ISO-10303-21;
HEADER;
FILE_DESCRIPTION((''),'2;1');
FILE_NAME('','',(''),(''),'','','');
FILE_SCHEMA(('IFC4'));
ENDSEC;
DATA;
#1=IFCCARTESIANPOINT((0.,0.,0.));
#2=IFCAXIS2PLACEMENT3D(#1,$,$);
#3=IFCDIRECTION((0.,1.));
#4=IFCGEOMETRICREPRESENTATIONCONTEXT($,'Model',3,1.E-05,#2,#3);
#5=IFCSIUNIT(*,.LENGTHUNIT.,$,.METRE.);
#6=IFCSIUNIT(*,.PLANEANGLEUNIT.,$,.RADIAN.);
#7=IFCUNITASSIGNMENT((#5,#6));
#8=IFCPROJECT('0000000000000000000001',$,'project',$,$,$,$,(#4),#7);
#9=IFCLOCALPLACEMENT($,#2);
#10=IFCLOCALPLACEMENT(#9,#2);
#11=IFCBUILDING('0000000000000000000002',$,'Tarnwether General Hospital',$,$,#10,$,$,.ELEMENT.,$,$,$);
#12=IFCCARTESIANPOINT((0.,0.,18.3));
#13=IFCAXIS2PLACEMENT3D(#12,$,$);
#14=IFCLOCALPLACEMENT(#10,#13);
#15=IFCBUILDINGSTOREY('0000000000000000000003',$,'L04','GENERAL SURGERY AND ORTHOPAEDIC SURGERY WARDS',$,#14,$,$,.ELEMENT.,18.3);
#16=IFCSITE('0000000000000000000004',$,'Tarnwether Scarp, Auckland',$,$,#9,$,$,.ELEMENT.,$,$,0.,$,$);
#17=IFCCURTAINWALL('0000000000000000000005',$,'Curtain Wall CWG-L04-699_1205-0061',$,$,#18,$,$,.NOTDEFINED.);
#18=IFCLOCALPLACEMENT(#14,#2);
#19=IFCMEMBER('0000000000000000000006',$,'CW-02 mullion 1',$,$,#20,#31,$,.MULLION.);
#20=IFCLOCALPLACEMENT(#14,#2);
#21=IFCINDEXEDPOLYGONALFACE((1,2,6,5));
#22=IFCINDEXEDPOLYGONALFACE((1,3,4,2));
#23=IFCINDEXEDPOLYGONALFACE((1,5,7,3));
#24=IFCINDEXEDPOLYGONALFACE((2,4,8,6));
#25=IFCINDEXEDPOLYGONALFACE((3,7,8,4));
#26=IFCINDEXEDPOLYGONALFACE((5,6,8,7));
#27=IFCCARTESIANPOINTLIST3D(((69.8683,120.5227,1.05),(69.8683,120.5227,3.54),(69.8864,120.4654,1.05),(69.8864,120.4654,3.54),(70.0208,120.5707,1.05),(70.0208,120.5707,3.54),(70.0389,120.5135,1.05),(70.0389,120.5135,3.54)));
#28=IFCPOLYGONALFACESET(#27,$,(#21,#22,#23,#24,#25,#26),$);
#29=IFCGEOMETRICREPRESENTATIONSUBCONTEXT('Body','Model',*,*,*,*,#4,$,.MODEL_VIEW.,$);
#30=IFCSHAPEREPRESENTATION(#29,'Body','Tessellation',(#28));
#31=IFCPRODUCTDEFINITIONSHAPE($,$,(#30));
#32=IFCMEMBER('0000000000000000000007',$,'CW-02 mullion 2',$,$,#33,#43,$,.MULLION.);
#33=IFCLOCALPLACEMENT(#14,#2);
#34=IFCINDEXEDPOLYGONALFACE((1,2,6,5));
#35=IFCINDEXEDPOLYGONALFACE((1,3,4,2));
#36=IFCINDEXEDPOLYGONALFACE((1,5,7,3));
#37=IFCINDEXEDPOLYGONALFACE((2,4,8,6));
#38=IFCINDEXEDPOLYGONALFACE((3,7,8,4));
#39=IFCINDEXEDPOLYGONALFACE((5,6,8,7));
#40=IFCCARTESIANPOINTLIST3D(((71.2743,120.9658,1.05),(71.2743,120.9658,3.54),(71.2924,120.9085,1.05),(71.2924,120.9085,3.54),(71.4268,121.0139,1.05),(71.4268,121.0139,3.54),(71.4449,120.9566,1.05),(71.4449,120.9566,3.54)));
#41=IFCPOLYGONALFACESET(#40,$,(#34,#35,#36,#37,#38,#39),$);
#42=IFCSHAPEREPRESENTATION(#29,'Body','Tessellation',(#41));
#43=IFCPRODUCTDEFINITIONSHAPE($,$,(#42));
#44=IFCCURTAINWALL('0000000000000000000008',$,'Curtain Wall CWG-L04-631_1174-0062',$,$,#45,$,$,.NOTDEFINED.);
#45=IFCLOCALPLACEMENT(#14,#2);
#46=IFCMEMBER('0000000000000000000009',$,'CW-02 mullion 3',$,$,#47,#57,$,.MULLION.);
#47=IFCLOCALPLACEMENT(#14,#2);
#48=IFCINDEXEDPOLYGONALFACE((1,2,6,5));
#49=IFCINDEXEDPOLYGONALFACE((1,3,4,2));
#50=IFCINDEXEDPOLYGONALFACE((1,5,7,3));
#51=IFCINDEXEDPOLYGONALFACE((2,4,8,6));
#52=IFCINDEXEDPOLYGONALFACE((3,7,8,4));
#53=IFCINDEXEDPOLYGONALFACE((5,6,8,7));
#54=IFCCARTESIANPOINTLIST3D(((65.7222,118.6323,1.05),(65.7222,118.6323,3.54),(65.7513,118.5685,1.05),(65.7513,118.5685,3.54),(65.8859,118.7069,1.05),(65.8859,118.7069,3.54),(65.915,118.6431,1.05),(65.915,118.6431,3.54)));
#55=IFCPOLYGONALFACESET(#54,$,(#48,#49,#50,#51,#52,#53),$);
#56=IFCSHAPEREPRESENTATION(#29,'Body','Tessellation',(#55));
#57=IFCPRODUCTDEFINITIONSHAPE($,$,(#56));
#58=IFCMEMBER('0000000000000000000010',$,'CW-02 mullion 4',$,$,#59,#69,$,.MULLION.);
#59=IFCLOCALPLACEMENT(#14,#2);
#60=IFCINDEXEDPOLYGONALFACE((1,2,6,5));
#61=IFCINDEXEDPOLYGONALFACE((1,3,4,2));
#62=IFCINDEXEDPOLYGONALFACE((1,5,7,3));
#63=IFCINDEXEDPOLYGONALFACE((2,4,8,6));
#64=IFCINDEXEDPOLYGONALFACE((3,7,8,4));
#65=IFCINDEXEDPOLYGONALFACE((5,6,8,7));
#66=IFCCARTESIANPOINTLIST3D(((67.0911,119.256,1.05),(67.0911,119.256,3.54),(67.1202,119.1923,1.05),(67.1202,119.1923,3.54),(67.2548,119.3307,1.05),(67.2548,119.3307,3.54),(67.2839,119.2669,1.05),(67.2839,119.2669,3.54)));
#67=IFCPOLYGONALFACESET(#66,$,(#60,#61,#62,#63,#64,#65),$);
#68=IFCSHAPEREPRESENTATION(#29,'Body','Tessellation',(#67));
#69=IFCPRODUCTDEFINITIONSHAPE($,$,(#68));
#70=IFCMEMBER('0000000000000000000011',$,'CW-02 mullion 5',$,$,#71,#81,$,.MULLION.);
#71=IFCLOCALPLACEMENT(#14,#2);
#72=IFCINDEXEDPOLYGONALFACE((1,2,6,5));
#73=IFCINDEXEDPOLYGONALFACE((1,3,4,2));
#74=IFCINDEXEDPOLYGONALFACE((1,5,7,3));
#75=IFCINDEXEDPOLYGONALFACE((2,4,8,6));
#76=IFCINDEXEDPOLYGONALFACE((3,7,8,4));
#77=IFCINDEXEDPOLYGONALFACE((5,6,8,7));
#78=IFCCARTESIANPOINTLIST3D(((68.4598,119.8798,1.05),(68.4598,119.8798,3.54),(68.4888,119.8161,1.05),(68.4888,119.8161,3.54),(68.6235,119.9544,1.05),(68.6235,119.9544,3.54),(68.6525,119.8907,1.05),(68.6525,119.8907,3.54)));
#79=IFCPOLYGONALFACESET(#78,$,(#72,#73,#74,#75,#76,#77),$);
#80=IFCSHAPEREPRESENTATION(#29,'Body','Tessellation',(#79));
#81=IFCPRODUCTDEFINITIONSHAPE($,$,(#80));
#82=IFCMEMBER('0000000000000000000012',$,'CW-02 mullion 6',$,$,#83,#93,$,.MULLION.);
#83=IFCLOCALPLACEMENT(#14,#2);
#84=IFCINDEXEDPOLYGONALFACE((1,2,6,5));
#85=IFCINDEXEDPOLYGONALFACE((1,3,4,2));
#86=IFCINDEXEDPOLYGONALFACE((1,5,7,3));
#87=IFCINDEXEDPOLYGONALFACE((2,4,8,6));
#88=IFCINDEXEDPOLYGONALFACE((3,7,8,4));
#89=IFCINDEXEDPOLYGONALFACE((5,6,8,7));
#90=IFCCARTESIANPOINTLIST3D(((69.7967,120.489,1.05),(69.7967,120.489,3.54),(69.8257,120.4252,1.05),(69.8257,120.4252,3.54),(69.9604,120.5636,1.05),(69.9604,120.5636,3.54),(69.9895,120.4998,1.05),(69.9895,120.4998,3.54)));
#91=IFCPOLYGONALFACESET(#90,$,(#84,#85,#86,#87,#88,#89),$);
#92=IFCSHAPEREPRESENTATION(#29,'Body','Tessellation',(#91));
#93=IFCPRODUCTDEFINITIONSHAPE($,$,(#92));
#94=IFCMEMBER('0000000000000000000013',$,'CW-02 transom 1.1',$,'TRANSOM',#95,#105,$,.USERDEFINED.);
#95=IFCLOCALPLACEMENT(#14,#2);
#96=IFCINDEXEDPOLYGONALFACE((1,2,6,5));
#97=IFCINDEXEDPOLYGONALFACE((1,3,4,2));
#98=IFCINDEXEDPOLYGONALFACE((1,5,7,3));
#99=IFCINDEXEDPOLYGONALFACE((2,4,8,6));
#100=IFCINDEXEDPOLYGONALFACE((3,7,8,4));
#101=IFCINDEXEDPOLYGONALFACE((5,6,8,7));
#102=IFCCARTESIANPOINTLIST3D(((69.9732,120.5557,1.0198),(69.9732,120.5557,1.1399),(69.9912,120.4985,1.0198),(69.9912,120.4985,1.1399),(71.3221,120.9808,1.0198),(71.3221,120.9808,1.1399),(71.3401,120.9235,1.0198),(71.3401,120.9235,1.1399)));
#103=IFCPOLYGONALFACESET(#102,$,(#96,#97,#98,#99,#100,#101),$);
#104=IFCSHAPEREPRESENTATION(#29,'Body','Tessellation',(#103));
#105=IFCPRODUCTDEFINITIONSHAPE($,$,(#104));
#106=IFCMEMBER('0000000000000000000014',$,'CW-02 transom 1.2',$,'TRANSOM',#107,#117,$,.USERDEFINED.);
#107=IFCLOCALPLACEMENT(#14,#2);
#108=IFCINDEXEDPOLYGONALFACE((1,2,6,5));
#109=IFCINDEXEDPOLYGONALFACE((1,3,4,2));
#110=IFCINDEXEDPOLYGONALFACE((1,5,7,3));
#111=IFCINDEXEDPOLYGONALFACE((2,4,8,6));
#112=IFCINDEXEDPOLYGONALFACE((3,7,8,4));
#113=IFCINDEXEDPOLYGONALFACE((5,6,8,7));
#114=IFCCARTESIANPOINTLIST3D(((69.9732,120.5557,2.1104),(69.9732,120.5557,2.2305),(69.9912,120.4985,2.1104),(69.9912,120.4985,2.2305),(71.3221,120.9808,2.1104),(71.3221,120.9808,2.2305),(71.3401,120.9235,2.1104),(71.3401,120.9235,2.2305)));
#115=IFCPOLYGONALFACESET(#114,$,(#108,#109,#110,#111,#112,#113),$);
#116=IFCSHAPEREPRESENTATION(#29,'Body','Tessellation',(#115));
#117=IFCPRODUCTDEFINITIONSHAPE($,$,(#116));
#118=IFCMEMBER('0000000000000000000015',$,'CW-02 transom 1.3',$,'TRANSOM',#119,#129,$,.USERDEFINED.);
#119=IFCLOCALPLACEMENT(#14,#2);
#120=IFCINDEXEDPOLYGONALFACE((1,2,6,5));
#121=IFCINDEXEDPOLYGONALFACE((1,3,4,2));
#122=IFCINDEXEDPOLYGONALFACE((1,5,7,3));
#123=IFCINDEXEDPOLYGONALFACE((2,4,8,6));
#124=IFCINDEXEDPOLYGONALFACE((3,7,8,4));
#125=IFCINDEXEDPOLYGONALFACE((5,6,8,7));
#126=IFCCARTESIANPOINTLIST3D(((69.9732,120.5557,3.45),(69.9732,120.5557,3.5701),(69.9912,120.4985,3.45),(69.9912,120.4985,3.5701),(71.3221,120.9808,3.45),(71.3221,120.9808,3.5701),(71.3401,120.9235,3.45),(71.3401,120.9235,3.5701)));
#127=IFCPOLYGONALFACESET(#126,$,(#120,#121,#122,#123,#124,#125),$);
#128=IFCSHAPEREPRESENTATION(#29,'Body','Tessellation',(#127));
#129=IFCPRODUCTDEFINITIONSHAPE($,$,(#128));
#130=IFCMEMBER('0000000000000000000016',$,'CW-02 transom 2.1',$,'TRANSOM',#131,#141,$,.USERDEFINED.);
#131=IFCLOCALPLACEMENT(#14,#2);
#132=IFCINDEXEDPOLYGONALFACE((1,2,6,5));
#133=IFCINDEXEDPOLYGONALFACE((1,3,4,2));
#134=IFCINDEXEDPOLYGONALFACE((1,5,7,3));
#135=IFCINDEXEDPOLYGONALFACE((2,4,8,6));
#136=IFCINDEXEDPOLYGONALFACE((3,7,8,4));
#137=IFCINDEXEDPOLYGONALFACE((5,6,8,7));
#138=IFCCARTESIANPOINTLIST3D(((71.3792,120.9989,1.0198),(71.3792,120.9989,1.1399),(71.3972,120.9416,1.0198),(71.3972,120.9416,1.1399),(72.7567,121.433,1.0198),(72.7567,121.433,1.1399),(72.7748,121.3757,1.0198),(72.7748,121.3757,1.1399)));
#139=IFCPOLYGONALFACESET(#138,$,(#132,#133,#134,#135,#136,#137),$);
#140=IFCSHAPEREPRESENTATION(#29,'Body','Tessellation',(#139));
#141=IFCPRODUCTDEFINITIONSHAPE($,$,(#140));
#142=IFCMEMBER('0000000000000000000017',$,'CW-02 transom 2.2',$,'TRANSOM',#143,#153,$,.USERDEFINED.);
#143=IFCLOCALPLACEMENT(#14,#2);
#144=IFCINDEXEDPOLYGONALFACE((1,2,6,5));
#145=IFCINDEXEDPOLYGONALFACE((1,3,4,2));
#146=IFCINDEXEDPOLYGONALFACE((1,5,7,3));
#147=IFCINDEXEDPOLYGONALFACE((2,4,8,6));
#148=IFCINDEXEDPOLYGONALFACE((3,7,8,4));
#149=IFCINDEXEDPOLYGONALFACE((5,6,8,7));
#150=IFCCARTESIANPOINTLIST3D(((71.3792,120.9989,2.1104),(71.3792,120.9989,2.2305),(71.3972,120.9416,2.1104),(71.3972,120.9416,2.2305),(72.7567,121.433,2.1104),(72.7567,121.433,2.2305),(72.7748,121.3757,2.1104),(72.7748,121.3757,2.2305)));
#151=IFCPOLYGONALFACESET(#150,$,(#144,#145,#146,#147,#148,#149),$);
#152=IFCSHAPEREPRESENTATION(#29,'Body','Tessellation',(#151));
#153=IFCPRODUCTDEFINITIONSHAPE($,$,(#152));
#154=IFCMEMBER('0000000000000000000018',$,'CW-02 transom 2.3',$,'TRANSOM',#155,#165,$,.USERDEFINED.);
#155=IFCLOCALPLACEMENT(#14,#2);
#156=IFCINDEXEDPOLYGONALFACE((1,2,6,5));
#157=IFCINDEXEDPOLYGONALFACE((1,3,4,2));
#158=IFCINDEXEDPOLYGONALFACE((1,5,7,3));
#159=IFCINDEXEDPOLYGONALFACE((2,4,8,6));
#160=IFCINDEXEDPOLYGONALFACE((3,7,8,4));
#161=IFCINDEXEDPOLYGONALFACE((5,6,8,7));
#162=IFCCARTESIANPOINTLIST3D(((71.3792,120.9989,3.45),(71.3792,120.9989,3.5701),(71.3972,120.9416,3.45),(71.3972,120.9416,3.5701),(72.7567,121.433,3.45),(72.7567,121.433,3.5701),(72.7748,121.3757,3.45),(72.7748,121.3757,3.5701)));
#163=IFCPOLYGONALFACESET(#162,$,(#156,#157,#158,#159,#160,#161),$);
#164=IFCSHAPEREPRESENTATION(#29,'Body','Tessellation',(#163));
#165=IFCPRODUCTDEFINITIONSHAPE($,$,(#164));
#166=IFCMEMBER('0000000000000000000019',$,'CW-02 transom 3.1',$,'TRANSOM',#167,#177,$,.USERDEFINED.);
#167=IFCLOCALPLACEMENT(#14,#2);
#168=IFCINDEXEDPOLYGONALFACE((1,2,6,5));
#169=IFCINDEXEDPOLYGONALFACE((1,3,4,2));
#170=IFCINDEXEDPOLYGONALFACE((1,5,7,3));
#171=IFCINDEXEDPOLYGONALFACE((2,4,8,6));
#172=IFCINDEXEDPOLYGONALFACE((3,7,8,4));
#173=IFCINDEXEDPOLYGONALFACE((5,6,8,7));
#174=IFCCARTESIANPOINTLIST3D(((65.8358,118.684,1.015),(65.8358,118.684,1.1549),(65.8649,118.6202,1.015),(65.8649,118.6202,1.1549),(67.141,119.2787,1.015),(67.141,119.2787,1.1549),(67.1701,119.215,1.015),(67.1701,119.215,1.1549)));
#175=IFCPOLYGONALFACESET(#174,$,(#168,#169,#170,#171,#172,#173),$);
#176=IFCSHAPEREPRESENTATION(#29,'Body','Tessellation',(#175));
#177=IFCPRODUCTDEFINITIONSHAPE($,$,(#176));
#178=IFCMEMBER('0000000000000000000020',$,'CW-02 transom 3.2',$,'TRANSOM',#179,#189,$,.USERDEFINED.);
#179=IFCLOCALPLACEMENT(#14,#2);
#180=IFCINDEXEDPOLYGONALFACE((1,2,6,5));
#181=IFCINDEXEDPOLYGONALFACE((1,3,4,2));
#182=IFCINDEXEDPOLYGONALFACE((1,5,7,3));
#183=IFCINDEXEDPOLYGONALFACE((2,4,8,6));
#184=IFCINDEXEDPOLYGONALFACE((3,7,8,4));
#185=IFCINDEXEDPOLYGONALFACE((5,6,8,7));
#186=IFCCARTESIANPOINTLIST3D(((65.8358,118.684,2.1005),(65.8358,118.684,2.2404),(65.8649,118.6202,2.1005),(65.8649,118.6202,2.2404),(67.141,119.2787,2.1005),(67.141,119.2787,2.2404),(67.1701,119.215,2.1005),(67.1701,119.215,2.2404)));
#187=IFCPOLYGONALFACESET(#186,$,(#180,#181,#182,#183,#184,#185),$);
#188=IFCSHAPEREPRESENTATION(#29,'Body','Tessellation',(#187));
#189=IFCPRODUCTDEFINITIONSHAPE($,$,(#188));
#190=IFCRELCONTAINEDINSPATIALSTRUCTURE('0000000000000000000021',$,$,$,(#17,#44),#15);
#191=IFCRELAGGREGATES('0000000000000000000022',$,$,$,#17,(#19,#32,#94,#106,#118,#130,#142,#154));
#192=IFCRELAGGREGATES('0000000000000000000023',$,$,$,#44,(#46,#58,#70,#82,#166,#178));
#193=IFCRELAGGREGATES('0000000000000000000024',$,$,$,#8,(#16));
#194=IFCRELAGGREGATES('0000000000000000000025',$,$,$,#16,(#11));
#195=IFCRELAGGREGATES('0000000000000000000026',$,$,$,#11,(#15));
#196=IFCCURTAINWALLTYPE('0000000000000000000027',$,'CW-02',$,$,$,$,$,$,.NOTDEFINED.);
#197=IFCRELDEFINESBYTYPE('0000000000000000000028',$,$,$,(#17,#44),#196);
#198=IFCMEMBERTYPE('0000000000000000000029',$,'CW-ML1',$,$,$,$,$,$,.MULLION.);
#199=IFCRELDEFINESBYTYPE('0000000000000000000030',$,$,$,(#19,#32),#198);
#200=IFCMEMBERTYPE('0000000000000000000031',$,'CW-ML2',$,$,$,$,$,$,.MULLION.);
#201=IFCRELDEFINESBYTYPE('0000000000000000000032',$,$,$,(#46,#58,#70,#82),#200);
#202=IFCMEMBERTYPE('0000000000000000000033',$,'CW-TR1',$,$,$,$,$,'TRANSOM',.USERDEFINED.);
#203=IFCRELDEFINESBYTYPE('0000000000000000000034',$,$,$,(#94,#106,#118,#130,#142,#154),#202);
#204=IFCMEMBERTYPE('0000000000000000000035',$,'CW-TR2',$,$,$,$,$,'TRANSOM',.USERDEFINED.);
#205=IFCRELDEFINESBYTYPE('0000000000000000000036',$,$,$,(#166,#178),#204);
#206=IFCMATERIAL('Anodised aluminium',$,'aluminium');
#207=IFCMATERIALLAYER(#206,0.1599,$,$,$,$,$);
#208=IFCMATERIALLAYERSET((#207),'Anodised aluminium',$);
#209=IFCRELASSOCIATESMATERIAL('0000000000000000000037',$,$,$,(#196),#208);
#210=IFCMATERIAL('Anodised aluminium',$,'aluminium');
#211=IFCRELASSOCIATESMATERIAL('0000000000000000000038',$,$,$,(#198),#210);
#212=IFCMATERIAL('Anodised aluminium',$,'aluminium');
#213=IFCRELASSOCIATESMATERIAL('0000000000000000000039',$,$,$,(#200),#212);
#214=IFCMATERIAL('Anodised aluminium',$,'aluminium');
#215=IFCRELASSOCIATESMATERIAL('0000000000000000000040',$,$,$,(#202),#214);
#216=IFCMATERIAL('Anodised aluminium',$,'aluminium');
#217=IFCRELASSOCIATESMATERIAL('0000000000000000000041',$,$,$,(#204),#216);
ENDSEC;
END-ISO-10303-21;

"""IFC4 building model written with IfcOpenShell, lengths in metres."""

from ifc_helpers import new_model, si_unit, direction, frame, origin, origin_2d, place, context, subcontext, project, spatial, rectangle, extrude, material, layer, layer_set, material_profile, profile_set, type_object, element, aggregate, save


model = new_model("IFC4")

# Units and contexts
model_context = context("Model", 3, precision=1e-05, world=origin(), true_north=direction((0.0, 1.0)))
body_context = subcontext(model_context, "Body", "Model", "MODEL_VIEW")
ifc_project = project(units=[si_unit("LENGTHUNIT", "METRE"), si_unit("PLANEANGLEUNIT", "RADIAN")], contexts=[model_context])

# Site, building, storey
site_placement = place(None, origin())
site = spatial("IfcSite", under=ifc_project, at=site_placement, Name="Tarnwether Scarp, Auckland", CompositionType="ELEMENT", RefElevation=0.0)
building_placement = place(site_placement, origin())
building = spatial("IfcBuilding", under=site, at=building_placement, Name="Tarnwether General Hospital", CompositionType="ELEMENT")
storey_placement = place(building_placement, frame((0.0, 0.0, 18.3)))
storey = spatial("IfcBuildingStorey", under=building, at=storey_placement, Name="L04", Description="GENERAL SURGERY AND ORTHOPAEDIC SURGERY WARDS", CompositionType="ELEMENT", Elevation=18.3)

# Curtain walls, members
ifc_material_1 = material(Name="Anodised aluminium", Category="aluminium")
ifc_layer_1 = layer(ifc_material_1, 0.1599)
ifc_layer_set_1 = layer_set([ifc_layer_1], Name="Anodised aluminium")
curtain_wall_type = type_object("IfcCurtainWallType", Name="CW-02", PredefinedType="NOTDEFINED", material=ifc_layer_set_1)
curtain_wall_1_placement = place(storey_placement, origin())
curtain_wall_1 = element("IfcCurtainWall", 1, at=curtain_wall_1_placement, inside=storey, type_object=curtain_wall_type, Name="Curtain Wall CWG-L04-699_1205-0061", PredefinedType="NOTDEFINED")
ifc_material_2 = material(Name="Anodised aluminium", Category="aluminium")
ifc_material_profile_1 = material_profile(ifc_material_2, rectangle(XDim=0.0601, YDim=0.1599, at=origin_2d()), Name="ALU-MUL-60x160")
ifc_profile_set_1 = profile_set([ifc_material_profile_1], Name="Anodised aluminium")
member_type_1 = type_object("IfcMemberType", Name="CW-ML1", PredefinedType="MULLION", material=ifc_profile_set_1)
member_1_placement = place(storey_placement, frame((69.9536, 120.5181, 1.05), z_axis=(0.0, 0.0, 1.0), x_axis=(-0.300629, 0.953741, 0.0)))
member_1 = element("IfcMember", 2, at=member_1_placement, type_object=member_type_1, Name="CW-02 mullion 1", PredefinedType="MULLION", context=body_context, shape_type="SweptSolid", body=[
    extrude(rectangle(XDim=0.0601, YDim=0.1599, at=origin_2d()), origin(), (0.0, 0.0, 1.0), 2.49),
])
member_2_placement = place(storey_placement, frame((71.3596, 120.9612, 1.05), z_axis=(0.0, 0.0, 1.0), x_axis=(-0.300629, 0.953741, 0.0)))
member_2 = element("IfcMember", 3, at=member_2_placement, type_object=member_type_1, Name="CW-02 mullion 2", PredefinedType="MULLION", context=body_context, shape_type="SweptSolid", body=[
    extrude(rectangle(XDim=0.0601, YDim=0.1599, at=origin_2d()), origin(), (0.0, 0.0, 1.0), 2.49),
])
curtain_wall_2_placement = place(storey_placement, origin())
curtain_wall_2 = element("IfcCurtainWall", 4, at=curtain_wall_2_placement, inside=storey, type_object=curtain_wall_type, Name="Curtain Wall CWG-L04-631_1174-0062", PredefinedType="NOTDEFINED")
ifc_material_3 = material(Name="Anodised aluminium", Category="aluminium")
ifc_material_profile_2 = material_profile(ifc_material_3, rectangle(XDim=0.0701, YDim=0.1799, at=origin_2d()), Name="ALU-MUL-70x180")
ifc_profile_set_2 = profile_set([ifc_material_profile_2], Name="Anodised aluminium")
member_type_2 = type_object("IfcMemberType", Name="CW-ML2", PredefinedType="MULLION", material=ifc_profile_set_2)
member_3_placement = place(storey_placement, frame((65.8186, 118.6377, 1.05), z_axis=(0.0, 0.0, 1.0), x_axis=(-0.414694, 0.909961, 0.0)))
member_3 = element("IfcMember", 5, at=member_3_placement, type_object=member_type_2, Name="CW-02 mullion 3", PredefinedType="MULLION", context=body_context, shape_type="SweptSolid", body=[
    extrude(rectangle(XDim=0.0701, YDim=0.1799, at=origin_2d()), origin(), (0.0, 0.0, 1.0), 2.49),
])
member_4_placement = place(storey_placement, frame((67.1875, 119.2615, 1.05), z_axis=(0.0, 0.0, 1.0), x_axis=(-0.414694, 0.909961, 0.0)))
member_4 = element("IfcMember", 6, at=member_4_placement, type_object=member_type_2, Name="CW-02 mullion 4", PredefinedType="MULLION", context=body_context, shape_type="SweptSolid", body=[
    extrude(rectangle(XDim=0.0701, YDim=0.1799, at=origin_2d()), origin(), (0.0, 0.0, 1.0), 2.49),
])
member_5_placement = place(storey_placement, frame((68.5562, 119.8853, 1.05), z_axis=(0.0, 0.0, 1.0), x_axis=(-0.414694, 0.909961, 0.0)))
member_5 = element("IfcMember", 7, at=member_5_placement, type_object=member_type_2, Name="CW-02 mullion 5", PredefinedType="MULLION", context=body_context, shape_type="SweptSolid", body=[
    extrude(rectangle(XDim=0.0701, YDim=0.1799, at=origin_2d()), origin(), (0.0, 0.0, 1.0), 2.49),
])
member_6_placement = place(storey_placement, frame((69.8931, 120.4944, 1.05), z_axis=(0.0, 0.0, 1.0), x_axis=(-0.414694, 0.909961, 0.0)))
member_6 = element("IfcMember", 8, at=member_6_placement, type_object=member_type_2, Name="CW-02 mullion 6", PredefinedType="MULLION", context=body_context, shape_type="SweptSolid", body=[
    extrude(rectangle(XDim=0.0701, YDim=0.1799, at=origin_2d()), origin(), (0.0, 0.0, 1.0), 2.49),
])

# Members
ifc_material_4 = material(Name="Anodised aluminium", Category="aluminium")
ifc_material_profile_3 = material_profile(ifc_material_4, rectangle(XDim=0.0601, YDim=0.1201, at=origin_2d()), Name="ALU-TRN-60x120")
ifc_profile_set_3 = profile_set([ifc_material_profile_3], Name="Anodised aluminium")
member_type_3 = type_object("IfcMemberType", Name="CW-TR1", ElementType="TRANSOM", PredefinedType="USERDEFINED", material=ifc_profile_set_3)
member_7_placement = place(storey_placement, frame((69.9822, 120.5271, 1.0798), z_axis=(0.953768, 0.300545, 0.0), x_axis=(-0.300545, 0.953768, 0.0)))
member_7 = element("IfcMember", 9, at=member_7_placement, type_object=member_type_3, Name="CW-02 transom 1.1", ObjectType="TRANSOM", PredefinedType="USERDEFINED", context=body_context, shape_type="SweptSolid", body=[
    extrude(rectangle(XDim=0.0601, YDim=0.1201, at=origin_2d()), origin(), (0.0, 0.0, 1.0), 1.4143),
])
member_8_placement = place(storey_placement, frame((69.9822, 120.5271, 2.1704), z_axis=(0.953768, 0.300545, 0.0), x_axis=(-0.300545, 0.953768, 0.0)))
member_8 = element("IfcMember", 10, at=member_8_placement, type_object=member_type_3, Name="CW-02 transom 1.2", ObjectType="TRANSOM", PredefinedType="USERDEFINED", context=body_context, shape_type="SweptSolid", body=[
    extrude(rectangle(XDim=0.0601, YDim=0.1201, at=origin_2d()), origin(), (0.0, 0.0, 1.0), 1.4143),
])
member_9_placement = place(storey_placement, frame((69.9822, 120.5271, 3.51), z_axis=(0.953768, 0.300545, 0.0), x_axis=(-0.300545, 0.953768, 0.0)))
member_9 = element("IfcMember", 11, at=member_9_placement, type_object=member_type_3, Name="CW-02 transom 1.3", ObjectType="TRANSOM", PredefinedType="USERDEFINED", context=body_context, shape_type="SweptSolid", body=[
    extrude(rectangle(XDim=0.0601, YDim=0.1201, at=origin_2d()), origin(), (0.0, 0.0, 1.0), 1.4143),
])
member_10_placement = place(storey_placement, frame((71.3882, 120.9702, 1.0798), z_axis=(0.953761, 0.300565, 0.0), x_axis=(-0.300565, 0.953761, 0.0)))
member_10 = element("IfcMember", 12, at=member_10_placement, type_object=member_type_3, Name="CW-02 transom 2.1", ObjectType="TRANSOM", PredefinedType="USERDEFINED", context=body_context, shape_type="SweptSolid", body=[
    extrude(rectangle(XDim=0.0601, YDim=0.1201, at=origin_2d()), origin(), (0.0, 0.0, 1.0), 1.4443),
])
member_11_placement = place(storey_placement, frame((71.3882, 120.9702, 2.1704), z_axis=(0.953761, 0.300565, 0.0), x_axis=(-0.300565, 0.953761, 0.0)))
member_11 = element("IfcMember", 13, at=member_11_placement, type_object=member_type_3, Name="CW-02 transom 2.2", ObjectType="TRANSOM", PredefinedType="USERDEFINED", context=body_context, shape_type="SweptSolid", body=[
    extrude(rectangle(XDim=0.0601, YDim=0.1201, at=origin_2d()), origin(), (0.0, 0.0, 1.0), 1.4443),
])
member_12_placement = place(storey_placement, frame((71.3882, 120.9702, 3.51), z_axis=(0.953761, 0.300565, 0.0), x_axis=(-0.300565, 0.953761, 0.0)))
member_12 = element("IfcMember", 14, at=member_12_placement, type_object=member_type_3, Name="CW-02 transom 2.3", ObjectType="TRANSOM", PredefinedType="USERDEFINED", context=body_context, shape_type="SweptSolid", body=[
    extrude(rectangle(XDim=0.0601, YDim=0.1201, at=origin_2d()), origin(), (0.0, 0.0, 1.0), 1.4443),
])
ifc_material_5 = material(Name="Anodised aluminium", Category="aluminium")
ifc_material_profile_4 = material_profile(ifc_material_5, rectangle(XDim=0.0701, YDim=0.1399, at=origin_2d()), Name="ALU-TRN-70x140")
ifc_profile_set_4 = profile_set([ifc_material_profile_4], Name="Anodised aluminium")
member_type_4 = type_object("IfcMemberType", Name="CW-TR2", ElementType="TRANSOM", PredefinedType="USERDEFINED", material=ifc_profile_set_4)
member_13_placement = place(storey_placement, frame((65.8503, 118.6521, 1.085), z_axis=(0.909981, 0.414649, 0.0), x_axis=(-0.414649, 0.909981, 0.0)))
member_13 = element("IfcMember", 15, at=member_13_placement, type_object=member_type_4, Name="CW-02 transom 3.1", ObjectType="TRANSOM", PredefinedType="USERDEFINED", context=body_context, shape_type="SweptSolid", body=[
    extrude(rectangle(XDim=0.0701, YDim=0.1399, at=origin_2d()), origin(), (0.0, 0.0, 1.0), 1.4343),
])
member_14_placement = place(storey_placement, frame((65.8503, 118.6521, 2.1704), z_axis=(0.909981, 0.414649, 0.0), x_axis=(-0.414649, 0.909981, 0.0)))
member_14 = element("IfcMember", 16, at=member_14_placement, type_object=member_type_4, Name="CW-02 transom 3.2", ObjectType="TRANSOM", PredefinedType="USERDEFINED", context=body_context, shape_type="SweptSolid", body=[
    extrude(rectangle(XDim=0.0701, YDim=0.1399, at=origin_2d()), origin(), (0.0, 0.0, 1.0), 1.4343),
])

aggregate(curtain_wall_1, [member_1, member_2, member_7, member_8, member_9, member_10, member_11, member_12])
aggregate(curtain_wall_2, [member_3, member_4, member_5, member_6, member_13, member_14])

save(model, "model.ifc")
